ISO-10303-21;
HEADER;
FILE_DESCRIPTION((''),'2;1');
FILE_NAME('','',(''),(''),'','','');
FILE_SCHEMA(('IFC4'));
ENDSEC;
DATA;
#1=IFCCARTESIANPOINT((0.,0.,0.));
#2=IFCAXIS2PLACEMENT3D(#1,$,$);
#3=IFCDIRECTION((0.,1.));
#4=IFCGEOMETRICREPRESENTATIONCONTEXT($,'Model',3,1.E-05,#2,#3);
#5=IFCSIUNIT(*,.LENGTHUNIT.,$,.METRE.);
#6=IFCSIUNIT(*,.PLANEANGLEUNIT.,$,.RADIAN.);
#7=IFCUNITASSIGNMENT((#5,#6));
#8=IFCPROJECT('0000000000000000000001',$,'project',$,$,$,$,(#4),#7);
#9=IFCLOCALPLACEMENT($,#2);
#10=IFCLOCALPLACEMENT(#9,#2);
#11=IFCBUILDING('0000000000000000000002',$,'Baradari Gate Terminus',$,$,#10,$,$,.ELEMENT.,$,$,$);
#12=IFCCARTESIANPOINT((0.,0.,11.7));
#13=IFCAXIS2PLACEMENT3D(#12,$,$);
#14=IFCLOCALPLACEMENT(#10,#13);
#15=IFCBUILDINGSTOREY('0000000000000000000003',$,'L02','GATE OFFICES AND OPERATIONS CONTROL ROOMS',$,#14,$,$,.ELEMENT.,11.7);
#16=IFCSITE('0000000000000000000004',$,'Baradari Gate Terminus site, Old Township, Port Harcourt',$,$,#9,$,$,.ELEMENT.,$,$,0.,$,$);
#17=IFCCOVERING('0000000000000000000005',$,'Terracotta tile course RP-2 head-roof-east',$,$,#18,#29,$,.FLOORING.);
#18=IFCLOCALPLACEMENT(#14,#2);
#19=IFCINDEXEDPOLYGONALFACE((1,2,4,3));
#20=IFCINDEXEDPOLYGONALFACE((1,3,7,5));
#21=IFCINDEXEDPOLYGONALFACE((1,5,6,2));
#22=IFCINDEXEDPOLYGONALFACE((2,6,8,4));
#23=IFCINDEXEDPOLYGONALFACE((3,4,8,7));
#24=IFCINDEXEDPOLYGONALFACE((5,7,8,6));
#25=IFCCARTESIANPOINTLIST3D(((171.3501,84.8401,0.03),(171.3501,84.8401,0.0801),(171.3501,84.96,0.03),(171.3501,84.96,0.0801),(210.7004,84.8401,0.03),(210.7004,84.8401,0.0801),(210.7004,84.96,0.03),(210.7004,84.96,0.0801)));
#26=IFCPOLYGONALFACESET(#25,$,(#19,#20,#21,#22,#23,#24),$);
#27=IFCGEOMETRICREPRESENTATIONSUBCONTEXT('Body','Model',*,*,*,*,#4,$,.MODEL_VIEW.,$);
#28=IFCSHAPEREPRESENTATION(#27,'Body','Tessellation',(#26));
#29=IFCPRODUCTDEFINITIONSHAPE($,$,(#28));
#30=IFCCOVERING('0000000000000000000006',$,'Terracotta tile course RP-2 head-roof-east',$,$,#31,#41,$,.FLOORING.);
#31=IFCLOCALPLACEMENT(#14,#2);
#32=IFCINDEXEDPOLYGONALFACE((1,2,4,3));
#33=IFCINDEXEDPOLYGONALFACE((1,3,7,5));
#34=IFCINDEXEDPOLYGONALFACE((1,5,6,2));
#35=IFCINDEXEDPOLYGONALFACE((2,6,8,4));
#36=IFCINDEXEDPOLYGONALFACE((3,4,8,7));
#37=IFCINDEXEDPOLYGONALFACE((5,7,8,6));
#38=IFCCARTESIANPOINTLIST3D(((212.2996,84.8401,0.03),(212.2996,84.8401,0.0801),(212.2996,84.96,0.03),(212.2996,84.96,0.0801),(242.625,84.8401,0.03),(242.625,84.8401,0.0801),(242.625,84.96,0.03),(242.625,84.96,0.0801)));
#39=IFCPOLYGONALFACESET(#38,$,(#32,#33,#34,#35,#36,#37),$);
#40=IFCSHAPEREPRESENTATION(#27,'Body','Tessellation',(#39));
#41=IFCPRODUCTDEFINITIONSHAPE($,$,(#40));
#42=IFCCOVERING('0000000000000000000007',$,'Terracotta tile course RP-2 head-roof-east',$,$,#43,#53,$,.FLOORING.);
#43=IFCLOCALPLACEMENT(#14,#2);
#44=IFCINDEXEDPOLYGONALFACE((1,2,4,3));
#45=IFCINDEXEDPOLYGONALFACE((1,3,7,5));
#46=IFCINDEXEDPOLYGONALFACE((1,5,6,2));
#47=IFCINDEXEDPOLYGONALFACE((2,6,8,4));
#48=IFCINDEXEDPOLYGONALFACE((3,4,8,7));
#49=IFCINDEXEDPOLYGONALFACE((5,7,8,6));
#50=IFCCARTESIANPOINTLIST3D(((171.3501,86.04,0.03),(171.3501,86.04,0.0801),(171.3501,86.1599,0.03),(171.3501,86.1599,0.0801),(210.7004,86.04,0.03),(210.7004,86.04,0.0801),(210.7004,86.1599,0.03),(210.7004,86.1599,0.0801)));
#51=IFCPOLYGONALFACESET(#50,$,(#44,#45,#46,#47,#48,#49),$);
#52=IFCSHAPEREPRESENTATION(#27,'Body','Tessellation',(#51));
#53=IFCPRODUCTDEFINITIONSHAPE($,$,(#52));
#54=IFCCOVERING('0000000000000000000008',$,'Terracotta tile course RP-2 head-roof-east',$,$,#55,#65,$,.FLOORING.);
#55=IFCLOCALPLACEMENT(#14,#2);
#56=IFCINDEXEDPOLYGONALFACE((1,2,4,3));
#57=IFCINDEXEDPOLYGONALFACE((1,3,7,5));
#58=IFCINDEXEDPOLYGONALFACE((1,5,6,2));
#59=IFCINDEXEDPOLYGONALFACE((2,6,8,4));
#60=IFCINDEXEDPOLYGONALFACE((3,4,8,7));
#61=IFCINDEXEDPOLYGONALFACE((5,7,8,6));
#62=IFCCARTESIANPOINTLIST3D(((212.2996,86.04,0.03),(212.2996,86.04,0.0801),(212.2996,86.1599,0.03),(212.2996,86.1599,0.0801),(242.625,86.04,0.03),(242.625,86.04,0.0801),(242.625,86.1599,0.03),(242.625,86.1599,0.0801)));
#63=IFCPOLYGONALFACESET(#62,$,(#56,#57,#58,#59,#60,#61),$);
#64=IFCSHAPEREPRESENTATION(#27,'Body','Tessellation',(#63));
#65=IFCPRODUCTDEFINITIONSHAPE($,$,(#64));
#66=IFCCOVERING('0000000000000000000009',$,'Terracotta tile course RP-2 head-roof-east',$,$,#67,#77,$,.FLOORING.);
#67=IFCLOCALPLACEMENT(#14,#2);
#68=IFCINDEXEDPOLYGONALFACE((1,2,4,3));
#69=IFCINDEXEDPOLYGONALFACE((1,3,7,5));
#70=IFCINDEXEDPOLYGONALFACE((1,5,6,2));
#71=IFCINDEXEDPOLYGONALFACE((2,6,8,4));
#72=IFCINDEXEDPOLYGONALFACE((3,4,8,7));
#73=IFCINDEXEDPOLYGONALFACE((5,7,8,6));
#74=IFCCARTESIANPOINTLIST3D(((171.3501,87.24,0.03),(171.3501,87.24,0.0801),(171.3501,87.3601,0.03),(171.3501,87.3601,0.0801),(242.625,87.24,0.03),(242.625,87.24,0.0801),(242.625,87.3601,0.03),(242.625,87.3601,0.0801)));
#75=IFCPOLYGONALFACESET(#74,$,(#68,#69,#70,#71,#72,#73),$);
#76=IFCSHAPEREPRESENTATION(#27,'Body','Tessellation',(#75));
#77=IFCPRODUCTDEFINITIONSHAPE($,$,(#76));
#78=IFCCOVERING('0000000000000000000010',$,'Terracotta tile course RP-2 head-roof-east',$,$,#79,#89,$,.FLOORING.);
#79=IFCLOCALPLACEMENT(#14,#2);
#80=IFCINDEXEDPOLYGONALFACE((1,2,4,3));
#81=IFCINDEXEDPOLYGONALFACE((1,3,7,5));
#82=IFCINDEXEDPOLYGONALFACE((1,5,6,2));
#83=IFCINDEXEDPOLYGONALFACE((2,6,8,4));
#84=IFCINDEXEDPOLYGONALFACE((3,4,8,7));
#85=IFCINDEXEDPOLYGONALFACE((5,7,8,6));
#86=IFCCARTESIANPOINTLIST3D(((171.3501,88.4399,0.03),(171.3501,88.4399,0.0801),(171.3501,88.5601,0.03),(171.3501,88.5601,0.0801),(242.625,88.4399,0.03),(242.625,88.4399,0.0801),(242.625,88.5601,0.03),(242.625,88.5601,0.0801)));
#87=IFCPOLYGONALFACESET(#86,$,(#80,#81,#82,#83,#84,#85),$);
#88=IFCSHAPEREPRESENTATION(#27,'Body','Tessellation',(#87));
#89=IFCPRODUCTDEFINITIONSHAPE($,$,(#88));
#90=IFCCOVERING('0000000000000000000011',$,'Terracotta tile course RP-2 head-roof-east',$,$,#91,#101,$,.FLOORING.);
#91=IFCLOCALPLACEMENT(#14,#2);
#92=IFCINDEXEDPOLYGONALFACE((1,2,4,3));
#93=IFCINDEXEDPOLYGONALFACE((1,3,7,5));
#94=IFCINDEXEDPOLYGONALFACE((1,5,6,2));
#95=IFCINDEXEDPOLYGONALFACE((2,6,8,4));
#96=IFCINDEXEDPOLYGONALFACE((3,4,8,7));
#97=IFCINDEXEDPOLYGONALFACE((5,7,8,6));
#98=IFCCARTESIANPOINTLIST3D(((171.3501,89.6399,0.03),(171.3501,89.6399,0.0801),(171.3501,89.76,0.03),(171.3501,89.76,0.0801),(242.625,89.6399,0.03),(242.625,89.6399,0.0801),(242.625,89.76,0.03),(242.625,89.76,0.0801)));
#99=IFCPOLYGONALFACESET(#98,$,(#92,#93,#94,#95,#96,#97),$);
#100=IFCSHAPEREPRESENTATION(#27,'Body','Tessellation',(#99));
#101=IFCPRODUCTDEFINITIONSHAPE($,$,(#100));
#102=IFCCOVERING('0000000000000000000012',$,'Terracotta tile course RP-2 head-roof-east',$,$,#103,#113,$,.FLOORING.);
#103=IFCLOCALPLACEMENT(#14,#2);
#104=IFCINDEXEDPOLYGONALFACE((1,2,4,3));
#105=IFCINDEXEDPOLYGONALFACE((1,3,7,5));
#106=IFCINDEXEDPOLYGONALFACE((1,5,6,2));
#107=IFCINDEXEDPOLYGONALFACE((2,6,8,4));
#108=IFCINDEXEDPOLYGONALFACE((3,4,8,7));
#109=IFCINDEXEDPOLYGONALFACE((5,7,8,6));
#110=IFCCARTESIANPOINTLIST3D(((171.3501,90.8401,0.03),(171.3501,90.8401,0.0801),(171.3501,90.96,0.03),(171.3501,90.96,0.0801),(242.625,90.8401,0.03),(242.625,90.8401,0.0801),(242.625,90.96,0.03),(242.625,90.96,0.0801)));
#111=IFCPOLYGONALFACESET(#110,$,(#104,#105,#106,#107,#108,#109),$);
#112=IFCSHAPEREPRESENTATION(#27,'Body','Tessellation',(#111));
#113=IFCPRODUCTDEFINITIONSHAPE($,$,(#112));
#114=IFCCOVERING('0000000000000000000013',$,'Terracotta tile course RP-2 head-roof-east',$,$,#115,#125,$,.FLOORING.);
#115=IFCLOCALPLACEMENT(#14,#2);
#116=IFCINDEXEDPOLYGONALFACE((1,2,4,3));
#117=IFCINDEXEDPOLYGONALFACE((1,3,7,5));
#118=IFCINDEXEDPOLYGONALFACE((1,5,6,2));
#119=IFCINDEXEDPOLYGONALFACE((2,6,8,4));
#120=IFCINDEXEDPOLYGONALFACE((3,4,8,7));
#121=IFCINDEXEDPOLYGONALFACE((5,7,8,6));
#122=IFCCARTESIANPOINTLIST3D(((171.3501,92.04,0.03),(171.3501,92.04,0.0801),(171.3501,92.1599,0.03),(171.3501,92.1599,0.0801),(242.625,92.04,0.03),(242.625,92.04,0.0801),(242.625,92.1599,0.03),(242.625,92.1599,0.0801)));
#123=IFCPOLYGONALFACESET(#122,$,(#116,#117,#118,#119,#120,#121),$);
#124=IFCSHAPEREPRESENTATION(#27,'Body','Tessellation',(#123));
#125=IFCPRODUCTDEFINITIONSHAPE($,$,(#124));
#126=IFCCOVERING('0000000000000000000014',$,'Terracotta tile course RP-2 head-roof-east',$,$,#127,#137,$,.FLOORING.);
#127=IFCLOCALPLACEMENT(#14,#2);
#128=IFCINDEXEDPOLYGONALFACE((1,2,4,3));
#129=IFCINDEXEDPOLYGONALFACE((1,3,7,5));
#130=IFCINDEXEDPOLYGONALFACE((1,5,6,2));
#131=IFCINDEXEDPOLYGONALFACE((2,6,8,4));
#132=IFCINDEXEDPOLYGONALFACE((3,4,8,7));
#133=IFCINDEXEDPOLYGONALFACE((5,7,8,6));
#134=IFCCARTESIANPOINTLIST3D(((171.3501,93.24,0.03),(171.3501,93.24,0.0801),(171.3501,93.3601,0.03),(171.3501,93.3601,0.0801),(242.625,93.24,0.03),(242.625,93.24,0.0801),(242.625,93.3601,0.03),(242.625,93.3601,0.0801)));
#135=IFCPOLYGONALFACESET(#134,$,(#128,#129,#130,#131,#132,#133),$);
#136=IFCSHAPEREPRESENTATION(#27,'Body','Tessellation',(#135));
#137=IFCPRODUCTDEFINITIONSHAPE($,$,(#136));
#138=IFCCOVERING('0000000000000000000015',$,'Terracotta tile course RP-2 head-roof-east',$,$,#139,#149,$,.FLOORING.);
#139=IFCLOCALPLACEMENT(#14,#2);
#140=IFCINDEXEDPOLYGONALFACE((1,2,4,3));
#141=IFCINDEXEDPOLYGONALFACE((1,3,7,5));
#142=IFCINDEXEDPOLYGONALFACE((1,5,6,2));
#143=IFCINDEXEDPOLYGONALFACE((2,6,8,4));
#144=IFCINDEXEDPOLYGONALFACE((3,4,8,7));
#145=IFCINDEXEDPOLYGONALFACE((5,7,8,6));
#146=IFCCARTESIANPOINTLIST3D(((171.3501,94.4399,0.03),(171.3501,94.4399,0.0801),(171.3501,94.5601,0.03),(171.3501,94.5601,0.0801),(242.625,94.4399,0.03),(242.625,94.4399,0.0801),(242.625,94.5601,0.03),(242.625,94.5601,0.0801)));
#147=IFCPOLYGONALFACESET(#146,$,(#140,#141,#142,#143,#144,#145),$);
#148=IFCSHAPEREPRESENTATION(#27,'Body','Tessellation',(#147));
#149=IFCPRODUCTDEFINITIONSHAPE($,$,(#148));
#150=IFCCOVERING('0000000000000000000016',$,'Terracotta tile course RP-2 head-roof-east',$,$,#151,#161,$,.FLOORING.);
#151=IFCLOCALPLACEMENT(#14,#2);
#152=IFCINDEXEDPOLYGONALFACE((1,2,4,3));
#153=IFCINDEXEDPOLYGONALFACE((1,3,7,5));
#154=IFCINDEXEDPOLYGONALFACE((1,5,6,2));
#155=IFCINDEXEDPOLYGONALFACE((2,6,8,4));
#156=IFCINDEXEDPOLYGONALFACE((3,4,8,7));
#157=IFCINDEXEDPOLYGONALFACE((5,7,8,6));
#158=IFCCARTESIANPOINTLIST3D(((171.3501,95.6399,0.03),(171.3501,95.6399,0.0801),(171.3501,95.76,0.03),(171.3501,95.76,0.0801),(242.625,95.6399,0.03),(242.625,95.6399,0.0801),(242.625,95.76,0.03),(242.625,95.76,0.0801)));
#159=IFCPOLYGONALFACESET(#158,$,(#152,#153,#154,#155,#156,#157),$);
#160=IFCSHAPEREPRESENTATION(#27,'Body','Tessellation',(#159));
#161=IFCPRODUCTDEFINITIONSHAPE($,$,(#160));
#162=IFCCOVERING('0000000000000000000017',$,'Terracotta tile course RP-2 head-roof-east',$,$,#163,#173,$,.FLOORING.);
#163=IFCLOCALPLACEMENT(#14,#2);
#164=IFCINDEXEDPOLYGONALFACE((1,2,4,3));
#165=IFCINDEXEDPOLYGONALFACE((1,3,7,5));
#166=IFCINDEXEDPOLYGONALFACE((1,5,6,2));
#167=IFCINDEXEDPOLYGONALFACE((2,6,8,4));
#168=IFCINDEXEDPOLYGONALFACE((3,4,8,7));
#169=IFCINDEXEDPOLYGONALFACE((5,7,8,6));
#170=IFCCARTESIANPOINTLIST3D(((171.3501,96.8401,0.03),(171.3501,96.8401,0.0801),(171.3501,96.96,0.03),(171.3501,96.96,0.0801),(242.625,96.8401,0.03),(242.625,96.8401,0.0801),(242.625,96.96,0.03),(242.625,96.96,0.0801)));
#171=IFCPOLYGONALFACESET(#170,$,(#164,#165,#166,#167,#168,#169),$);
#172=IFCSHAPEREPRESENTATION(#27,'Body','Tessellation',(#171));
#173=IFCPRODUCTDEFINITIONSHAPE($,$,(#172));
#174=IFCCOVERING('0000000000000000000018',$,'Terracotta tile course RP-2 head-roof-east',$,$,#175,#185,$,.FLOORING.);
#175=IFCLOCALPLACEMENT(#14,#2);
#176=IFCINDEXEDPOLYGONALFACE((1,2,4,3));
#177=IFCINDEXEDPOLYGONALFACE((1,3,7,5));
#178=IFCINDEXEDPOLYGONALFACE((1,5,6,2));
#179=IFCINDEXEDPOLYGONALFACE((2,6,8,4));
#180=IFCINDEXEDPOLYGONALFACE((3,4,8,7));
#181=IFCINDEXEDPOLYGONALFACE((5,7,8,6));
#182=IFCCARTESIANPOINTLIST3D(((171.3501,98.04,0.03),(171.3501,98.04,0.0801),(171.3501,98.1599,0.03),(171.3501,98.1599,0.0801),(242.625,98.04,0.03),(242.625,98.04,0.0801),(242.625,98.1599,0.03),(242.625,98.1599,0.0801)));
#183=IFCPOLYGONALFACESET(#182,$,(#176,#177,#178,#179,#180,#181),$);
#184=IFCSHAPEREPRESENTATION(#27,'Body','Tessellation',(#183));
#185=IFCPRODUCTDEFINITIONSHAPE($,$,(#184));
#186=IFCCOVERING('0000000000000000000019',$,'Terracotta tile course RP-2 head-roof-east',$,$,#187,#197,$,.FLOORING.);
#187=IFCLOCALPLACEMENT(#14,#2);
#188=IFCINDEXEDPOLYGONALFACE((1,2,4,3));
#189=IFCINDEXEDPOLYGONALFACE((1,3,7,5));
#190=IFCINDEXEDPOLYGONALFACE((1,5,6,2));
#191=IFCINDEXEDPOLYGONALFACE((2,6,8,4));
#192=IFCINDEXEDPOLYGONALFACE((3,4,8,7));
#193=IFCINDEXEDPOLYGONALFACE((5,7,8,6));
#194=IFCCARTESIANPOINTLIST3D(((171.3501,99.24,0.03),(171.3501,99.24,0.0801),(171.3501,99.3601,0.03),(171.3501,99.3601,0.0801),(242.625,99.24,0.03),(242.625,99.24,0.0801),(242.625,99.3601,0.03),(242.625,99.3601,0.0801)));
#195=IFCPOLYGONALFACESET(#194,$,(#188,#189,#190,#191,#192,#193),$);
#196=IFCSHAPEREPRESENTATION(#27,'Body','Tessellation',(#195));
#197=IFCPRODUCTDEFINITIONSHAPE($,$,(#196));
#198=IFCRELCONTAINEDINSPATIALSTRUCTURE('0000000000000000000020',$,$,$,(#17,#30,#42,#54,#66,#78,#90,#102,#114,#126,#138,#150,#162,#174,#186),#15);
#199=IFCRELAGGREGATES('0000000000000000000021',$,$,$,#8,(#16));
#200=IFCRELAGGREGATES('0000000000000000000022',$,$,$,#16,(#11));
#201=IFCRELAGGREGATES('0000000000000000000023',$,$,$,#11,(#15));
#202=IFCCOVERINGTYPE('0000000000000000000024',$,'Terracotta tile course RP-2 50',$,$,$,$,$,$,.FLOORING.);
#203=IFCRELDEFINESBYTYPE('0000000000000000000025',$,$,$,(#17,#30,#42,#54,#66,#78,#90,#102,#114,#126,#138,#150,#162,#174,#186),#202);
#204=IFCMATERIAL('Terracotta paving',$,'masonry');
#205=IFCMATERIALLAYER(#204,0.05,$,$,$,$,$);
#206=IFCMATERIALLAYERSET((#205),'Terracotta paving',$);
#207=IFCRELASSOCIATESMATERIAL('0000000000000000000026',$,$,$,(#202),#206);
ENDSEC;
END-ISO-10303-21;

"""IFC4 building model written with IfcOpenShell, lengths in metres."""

from ifc_helpers import new_model, si_unit, direction, frame, origin, place, context, subcontext, project, spatial, polyline, outline, extrude, material, layer, layer_set, type_object, element, save


model = new_model("IFC4")

# Units and contexts
model_context = context("Model", 3, precision=1e-05, world=origin(), true_north=direction((0.0, 1.0)))
body_context = subcontext(model_context, "Body", "Model", "MODEL_VIEW")
ifc_project = project(units=[si_unit("LENGTHUNIT", "METRE"), si_unit("PLANEANGLEUNIT", "RADIAN")], contexts=[model_context])

# Site, building, storey
site_placement = place(None, origin())
site = spatial("IfcSite", under=ifc_project, at=site_placement, Name="Baradari Gate Terminus site, Old Township, Port Harcourt", CompositionType="ELEMENT", RefElevation=0.0)
building_placement = place(site_placement, origin())
building = spatial("IfcBuilding", under=site, at=building_placement, Name="Baradari Gate Terminus", CompositionType="ELEMENT")
storey_placement = place(building_placement, frame((0.0, 0.0, 11.7)))
storey = spatial("IfcBuildingStorey", under=building, at=storey_placement, Name="L02", Description="GATE OFFICES AND OPERATIONS CONTROL ROOMS", CompositionType="ELEMENT", Elevation=11.7)

# Coverings
ifc_material = material(Name="Terracotta paving", Category="masonry")
ifc_layer = layer(ifc_material, 0.05)
ifc_layer_set = layer_set([ifc_layer], Name="Terracotta paving")
covering_type = type_object("IfcCoveringType", Name="Terracotta tile course RP-2 50", PredefinedType="FLOORING", material=ifc_layer_set)
covering_1_placement = place(storey_placement, frame((0.0, 0.0, 0.03)))
element("IfcCovering", 1, at=covering_1_placement, inside=storey, type_object=covering_type, Name="Terracotta tile course RP-2 head-roof-east", PredefinedType="FLOORING", context=body_context, shape_type="SweptSolid", body=[
    extrude(outline(polyline([(210.7004, 84.8401), (210.7004, 84.96), (171.3501, 84.96), (171.3501, 84.8401), (210.7004, 84.8401)])), origin(), (0.0, 0.0, 1.0), 0.05),
])
covering_2_placement = place(storey_placement, frame((0.0, 0.0, 0.03)))
element("IfcCovering", 2, at=covering_2_placement, inside=storey, type_object=covering_type, Name="Terracotta tile course RP-2 head-roof-east", PredefinedType="FLOORING", context=body_context, shape_type="SweptSolid", body=[
    extrude(outline(polyline([(242.625, 84.8401), (242.625, 84.96), (212.2996, 84.96), (212.2996, 84.8401), (242.625, 84.8401)])), origin(), (0.0, 0.0, 1.0), 0.05),
])
covering_3_placement = place(storey_placement, frame((0.0, 0.0, 0.03)))
element("IfcCovering", 3, at=covering_3_placement, inside=storey, type_object=covering_type, Name="Terracotta tile course RP-2 head-roof-east", PredefinedType="FLOORING", context=body_context, shape_type="SweptSolid", body=[
    extrude(outline(polyline([(210.7004, 86.04), (210.7004, 86.1599), (171.3501, 86.1599), (171.3501, 86.04), (210.7004, 86.04)])), origin(), (0.0, 0.0, 1.0), 0.05),
])
covering_4_placement = place(storey_placement, frame((0.0, 0.0, 0.03)))
element("IfcCovering", 4, at=covering_4_placement, inside=storey, type_object=covering_type, Name="Terracotta tile course RP-2 head-roof-east", PredefinedType="FLOORING", context=body_context, shape_type="SweptSolid", body=[
    extrude(outline(polyline([(242.625, 86.04), (242.625, 86.1599), (212.2996, 86.1599), (212.2996, 86.04), (242.625, 86.04)])), origin(), (0.0, 0.0, 1.0), 0.05),
])
covering_5_placement = place(storey_placement, frame((0.0, 0.0, 0.03)))
element("IfcCovering", 5, at=covering_5_placement, inside=storey, type_object=covering_type, Name="Terracotta tile course RP-2 head-roof-east", PredefinedType="FLOORING", context=body_context, shape_type="SweptSolid", body=[
    extrude(outline(polyline([(242.625, 87.24), (242.625, 87.3601), (171.3501, 87.3601), (171.3501, 87.24), (242.625, 87.24)])), origin(), (0.0, 0.0, 1.0), 0.05),
])
covering_6_placement = place(storey_placement, frame((0.0, 0.0, 0.03)))
element("IfcCovering", 6, at=covering_6_placement, inside=storey, type_object=covering_type, Name="Terracotta tile course RP-2 head-roof-east", PredefinedType="FLOORING", context=body_context, shape_type="SweptSolid", body=[
    extrude(outline(polyline([(242.625, 88.4399), (242.625, 88.5601), (171.3501, 88.5601), (171.3501, 88.4399), (242.625, 88.4399)])), origin(), (0.0, 0.0, 1.0), 0.05),
])
covering_7_placement = place(storey_placement, frame((0.0, 0.0, 0.03)))
element("IfcCovering", 7, at=covering_7_placement, inside=storey, type_object=covering_type, Name="Terracotta tile course RP-2 head-roof-east", PredefinedType="FLOORING", context=body_context, shape_type="SweptSolid", body=[
    extrude(outline(polyline([(242.625, 89.6399), (242.625, 89.76), (171.3501, 89.76), (171.3501, 89.6399), (242.625, 89.6399)])), origin(), (0.0, 0.0, 1.0), 0.05),
])
covering_8_placement = place(storey_placement, frame((0.0, 0.0, 0.03)))
element("IfcCovering", 8, at=covering_8_placement, inside=storey, type_object=covering_type, Name="Terracotta tile course RP-2 head-roof-east", PredefinedType="FLOORING", context=body_context, shape_type="SweptSolid", body=[
    extrude(outline(polyline([(242.625, 90.8401), (242.625, 90.96), (171.3501, 90.96), (171.3501, 90.8401), (242.625, 90.8401)])), origin(), (0.0, 0.0, 1.0), 0.05),
])
covering_9_placement = place(storey_placement, frame((0.0, 0.0, 0.03)))
element("IfcCovering", 9, at=covering_9_placement, inside=storey, type_object=covering_type, Name="Terracotta tile course RP-2 head-roof-east", PredefinedType="FLOORING", context=body_context, shape_type="SweptSolid", body=[
    extrude(outline(polyline([(242.625, 92.04), (242.625, 92.1599), (171.3501, 92.1599), (171.3501, 92.04), (242.625, 92.04)])), origin(), (0.0, 0.0, 1.0), 0.05),
])
covering_10_placement = place(storey_placement, frame((0.0, 0.0, 0.03)))
element("IfcCovering", 10, at=covering_10_placement, inside=storey, type_object=covering_type, Name="Terracotta tile course RP-2 head-roof-east", PredefinedType="FLOORING", context=body_context, shape_type="SweptSolid", body=[
    extrude(outline(polyline([(242.625, 93.24), (242.625, 93.3601), (171.3501, 93.3601), (171.3501, 93.24), (242.625, 93.24)])), origin(), (0.0, 0.0, 1.0), 0.05),
])
covering_11_placement = place(storey_placement, frame((0.0, 0.0, 0.03)))
element("IfcCovering", 11, at=covering_11_placement, inside=storey, type_object=covering_type, Name="Terracotta tile course RP-2 head-roof-east", PredefinedType="FLOORING", context=body_context, shape_type="SweptSolid", body=[
    extrude(outline(polyline([(242.625, 94.4399), (242.625, 94.5601), (171.3501, 94.5601), (171.3501, 94.4399), (242.625, 94.4399)])), origin(), (0.0, 0.0, 1.0), 0.05),
])
covering_12_placement = place(storey_placement, frame((0.0, 0.0, 0.03)))
element("IfcCovering", 12, at=covering_12_placement, inside=storey, type_object=covering_type, Name="Terracotta tile course RP-2 head-roof-east", PredefinedType="FLOORING", context=body_context, shape_type="SweptSolid", body=[
    extrude(outline(polyline([(242.625, 95.6399), (242.625, 95.76), (171.3501, 95.76), (171.3501, 95.6399), (242.625, 95.6399)])), origin(), (0.0, 0.0, 1.0), 0.05),
])
covering_13_placement = place(storey_placement, frame((0.0, 0.0, 0.03)))
element("IfcCovering", 13, at=covering_13_placement, inside=storey, type_object=covering_type, Name="Terracotta tile course RP-2 head-roof-east", PredefinedType="FLOORING", context=body_context, shape_type="SweptSolid", body=[
    extrude(outline(polyline([(242.625, 96.8401), (242.625, 96.96), (171.3501, 96.96), (171.3501, 96.8401), (242.625, 96.8401)])), origin(), (0.0, 0.0, 1.0), 0.05),
])
covering_14_placement = place(storey_placement, frame((0.0, 0.0, 0.03)))
element("IfcCovering", 14, at=covering_14_placement, inside=storey, type_object=covering_type, Name="Terracotta tile course RP-2 head-roof-east", PredefinedType="FLOORING", context=body_context, shape_type="SweptSolid", body=[
    extrude(outline(polyline([(242.625, 98.04), (242.625, 98.1599), (171.3501, 98.1599), (171.3501, 98.04), (242.625, 98.04)])), origin(), (0.0, 0.0, 1.0), 0.05),
])
covering_15_placement = place(storey_placement, frame((0.0, 0.0, 0.03)))
element("IfcCovering", 15, at=covering_15_placement, inside=storey, type_object=covering_type, Name="Terracotta tile course RP-2 head-roof-east", PredefinedType="FLOORING", context=body_context, shape_type="SweptSolid", body=[
    extrude(outline(polyline([(242.625, 99.24), (242.625, 99.3601), (171.3501, 99.3601), (171.3501, 99.24), (242.625, 99.24)])), origin(), (0.0, 0.0, 1.0), 0.05),
])

save(model, "model.ifc")
